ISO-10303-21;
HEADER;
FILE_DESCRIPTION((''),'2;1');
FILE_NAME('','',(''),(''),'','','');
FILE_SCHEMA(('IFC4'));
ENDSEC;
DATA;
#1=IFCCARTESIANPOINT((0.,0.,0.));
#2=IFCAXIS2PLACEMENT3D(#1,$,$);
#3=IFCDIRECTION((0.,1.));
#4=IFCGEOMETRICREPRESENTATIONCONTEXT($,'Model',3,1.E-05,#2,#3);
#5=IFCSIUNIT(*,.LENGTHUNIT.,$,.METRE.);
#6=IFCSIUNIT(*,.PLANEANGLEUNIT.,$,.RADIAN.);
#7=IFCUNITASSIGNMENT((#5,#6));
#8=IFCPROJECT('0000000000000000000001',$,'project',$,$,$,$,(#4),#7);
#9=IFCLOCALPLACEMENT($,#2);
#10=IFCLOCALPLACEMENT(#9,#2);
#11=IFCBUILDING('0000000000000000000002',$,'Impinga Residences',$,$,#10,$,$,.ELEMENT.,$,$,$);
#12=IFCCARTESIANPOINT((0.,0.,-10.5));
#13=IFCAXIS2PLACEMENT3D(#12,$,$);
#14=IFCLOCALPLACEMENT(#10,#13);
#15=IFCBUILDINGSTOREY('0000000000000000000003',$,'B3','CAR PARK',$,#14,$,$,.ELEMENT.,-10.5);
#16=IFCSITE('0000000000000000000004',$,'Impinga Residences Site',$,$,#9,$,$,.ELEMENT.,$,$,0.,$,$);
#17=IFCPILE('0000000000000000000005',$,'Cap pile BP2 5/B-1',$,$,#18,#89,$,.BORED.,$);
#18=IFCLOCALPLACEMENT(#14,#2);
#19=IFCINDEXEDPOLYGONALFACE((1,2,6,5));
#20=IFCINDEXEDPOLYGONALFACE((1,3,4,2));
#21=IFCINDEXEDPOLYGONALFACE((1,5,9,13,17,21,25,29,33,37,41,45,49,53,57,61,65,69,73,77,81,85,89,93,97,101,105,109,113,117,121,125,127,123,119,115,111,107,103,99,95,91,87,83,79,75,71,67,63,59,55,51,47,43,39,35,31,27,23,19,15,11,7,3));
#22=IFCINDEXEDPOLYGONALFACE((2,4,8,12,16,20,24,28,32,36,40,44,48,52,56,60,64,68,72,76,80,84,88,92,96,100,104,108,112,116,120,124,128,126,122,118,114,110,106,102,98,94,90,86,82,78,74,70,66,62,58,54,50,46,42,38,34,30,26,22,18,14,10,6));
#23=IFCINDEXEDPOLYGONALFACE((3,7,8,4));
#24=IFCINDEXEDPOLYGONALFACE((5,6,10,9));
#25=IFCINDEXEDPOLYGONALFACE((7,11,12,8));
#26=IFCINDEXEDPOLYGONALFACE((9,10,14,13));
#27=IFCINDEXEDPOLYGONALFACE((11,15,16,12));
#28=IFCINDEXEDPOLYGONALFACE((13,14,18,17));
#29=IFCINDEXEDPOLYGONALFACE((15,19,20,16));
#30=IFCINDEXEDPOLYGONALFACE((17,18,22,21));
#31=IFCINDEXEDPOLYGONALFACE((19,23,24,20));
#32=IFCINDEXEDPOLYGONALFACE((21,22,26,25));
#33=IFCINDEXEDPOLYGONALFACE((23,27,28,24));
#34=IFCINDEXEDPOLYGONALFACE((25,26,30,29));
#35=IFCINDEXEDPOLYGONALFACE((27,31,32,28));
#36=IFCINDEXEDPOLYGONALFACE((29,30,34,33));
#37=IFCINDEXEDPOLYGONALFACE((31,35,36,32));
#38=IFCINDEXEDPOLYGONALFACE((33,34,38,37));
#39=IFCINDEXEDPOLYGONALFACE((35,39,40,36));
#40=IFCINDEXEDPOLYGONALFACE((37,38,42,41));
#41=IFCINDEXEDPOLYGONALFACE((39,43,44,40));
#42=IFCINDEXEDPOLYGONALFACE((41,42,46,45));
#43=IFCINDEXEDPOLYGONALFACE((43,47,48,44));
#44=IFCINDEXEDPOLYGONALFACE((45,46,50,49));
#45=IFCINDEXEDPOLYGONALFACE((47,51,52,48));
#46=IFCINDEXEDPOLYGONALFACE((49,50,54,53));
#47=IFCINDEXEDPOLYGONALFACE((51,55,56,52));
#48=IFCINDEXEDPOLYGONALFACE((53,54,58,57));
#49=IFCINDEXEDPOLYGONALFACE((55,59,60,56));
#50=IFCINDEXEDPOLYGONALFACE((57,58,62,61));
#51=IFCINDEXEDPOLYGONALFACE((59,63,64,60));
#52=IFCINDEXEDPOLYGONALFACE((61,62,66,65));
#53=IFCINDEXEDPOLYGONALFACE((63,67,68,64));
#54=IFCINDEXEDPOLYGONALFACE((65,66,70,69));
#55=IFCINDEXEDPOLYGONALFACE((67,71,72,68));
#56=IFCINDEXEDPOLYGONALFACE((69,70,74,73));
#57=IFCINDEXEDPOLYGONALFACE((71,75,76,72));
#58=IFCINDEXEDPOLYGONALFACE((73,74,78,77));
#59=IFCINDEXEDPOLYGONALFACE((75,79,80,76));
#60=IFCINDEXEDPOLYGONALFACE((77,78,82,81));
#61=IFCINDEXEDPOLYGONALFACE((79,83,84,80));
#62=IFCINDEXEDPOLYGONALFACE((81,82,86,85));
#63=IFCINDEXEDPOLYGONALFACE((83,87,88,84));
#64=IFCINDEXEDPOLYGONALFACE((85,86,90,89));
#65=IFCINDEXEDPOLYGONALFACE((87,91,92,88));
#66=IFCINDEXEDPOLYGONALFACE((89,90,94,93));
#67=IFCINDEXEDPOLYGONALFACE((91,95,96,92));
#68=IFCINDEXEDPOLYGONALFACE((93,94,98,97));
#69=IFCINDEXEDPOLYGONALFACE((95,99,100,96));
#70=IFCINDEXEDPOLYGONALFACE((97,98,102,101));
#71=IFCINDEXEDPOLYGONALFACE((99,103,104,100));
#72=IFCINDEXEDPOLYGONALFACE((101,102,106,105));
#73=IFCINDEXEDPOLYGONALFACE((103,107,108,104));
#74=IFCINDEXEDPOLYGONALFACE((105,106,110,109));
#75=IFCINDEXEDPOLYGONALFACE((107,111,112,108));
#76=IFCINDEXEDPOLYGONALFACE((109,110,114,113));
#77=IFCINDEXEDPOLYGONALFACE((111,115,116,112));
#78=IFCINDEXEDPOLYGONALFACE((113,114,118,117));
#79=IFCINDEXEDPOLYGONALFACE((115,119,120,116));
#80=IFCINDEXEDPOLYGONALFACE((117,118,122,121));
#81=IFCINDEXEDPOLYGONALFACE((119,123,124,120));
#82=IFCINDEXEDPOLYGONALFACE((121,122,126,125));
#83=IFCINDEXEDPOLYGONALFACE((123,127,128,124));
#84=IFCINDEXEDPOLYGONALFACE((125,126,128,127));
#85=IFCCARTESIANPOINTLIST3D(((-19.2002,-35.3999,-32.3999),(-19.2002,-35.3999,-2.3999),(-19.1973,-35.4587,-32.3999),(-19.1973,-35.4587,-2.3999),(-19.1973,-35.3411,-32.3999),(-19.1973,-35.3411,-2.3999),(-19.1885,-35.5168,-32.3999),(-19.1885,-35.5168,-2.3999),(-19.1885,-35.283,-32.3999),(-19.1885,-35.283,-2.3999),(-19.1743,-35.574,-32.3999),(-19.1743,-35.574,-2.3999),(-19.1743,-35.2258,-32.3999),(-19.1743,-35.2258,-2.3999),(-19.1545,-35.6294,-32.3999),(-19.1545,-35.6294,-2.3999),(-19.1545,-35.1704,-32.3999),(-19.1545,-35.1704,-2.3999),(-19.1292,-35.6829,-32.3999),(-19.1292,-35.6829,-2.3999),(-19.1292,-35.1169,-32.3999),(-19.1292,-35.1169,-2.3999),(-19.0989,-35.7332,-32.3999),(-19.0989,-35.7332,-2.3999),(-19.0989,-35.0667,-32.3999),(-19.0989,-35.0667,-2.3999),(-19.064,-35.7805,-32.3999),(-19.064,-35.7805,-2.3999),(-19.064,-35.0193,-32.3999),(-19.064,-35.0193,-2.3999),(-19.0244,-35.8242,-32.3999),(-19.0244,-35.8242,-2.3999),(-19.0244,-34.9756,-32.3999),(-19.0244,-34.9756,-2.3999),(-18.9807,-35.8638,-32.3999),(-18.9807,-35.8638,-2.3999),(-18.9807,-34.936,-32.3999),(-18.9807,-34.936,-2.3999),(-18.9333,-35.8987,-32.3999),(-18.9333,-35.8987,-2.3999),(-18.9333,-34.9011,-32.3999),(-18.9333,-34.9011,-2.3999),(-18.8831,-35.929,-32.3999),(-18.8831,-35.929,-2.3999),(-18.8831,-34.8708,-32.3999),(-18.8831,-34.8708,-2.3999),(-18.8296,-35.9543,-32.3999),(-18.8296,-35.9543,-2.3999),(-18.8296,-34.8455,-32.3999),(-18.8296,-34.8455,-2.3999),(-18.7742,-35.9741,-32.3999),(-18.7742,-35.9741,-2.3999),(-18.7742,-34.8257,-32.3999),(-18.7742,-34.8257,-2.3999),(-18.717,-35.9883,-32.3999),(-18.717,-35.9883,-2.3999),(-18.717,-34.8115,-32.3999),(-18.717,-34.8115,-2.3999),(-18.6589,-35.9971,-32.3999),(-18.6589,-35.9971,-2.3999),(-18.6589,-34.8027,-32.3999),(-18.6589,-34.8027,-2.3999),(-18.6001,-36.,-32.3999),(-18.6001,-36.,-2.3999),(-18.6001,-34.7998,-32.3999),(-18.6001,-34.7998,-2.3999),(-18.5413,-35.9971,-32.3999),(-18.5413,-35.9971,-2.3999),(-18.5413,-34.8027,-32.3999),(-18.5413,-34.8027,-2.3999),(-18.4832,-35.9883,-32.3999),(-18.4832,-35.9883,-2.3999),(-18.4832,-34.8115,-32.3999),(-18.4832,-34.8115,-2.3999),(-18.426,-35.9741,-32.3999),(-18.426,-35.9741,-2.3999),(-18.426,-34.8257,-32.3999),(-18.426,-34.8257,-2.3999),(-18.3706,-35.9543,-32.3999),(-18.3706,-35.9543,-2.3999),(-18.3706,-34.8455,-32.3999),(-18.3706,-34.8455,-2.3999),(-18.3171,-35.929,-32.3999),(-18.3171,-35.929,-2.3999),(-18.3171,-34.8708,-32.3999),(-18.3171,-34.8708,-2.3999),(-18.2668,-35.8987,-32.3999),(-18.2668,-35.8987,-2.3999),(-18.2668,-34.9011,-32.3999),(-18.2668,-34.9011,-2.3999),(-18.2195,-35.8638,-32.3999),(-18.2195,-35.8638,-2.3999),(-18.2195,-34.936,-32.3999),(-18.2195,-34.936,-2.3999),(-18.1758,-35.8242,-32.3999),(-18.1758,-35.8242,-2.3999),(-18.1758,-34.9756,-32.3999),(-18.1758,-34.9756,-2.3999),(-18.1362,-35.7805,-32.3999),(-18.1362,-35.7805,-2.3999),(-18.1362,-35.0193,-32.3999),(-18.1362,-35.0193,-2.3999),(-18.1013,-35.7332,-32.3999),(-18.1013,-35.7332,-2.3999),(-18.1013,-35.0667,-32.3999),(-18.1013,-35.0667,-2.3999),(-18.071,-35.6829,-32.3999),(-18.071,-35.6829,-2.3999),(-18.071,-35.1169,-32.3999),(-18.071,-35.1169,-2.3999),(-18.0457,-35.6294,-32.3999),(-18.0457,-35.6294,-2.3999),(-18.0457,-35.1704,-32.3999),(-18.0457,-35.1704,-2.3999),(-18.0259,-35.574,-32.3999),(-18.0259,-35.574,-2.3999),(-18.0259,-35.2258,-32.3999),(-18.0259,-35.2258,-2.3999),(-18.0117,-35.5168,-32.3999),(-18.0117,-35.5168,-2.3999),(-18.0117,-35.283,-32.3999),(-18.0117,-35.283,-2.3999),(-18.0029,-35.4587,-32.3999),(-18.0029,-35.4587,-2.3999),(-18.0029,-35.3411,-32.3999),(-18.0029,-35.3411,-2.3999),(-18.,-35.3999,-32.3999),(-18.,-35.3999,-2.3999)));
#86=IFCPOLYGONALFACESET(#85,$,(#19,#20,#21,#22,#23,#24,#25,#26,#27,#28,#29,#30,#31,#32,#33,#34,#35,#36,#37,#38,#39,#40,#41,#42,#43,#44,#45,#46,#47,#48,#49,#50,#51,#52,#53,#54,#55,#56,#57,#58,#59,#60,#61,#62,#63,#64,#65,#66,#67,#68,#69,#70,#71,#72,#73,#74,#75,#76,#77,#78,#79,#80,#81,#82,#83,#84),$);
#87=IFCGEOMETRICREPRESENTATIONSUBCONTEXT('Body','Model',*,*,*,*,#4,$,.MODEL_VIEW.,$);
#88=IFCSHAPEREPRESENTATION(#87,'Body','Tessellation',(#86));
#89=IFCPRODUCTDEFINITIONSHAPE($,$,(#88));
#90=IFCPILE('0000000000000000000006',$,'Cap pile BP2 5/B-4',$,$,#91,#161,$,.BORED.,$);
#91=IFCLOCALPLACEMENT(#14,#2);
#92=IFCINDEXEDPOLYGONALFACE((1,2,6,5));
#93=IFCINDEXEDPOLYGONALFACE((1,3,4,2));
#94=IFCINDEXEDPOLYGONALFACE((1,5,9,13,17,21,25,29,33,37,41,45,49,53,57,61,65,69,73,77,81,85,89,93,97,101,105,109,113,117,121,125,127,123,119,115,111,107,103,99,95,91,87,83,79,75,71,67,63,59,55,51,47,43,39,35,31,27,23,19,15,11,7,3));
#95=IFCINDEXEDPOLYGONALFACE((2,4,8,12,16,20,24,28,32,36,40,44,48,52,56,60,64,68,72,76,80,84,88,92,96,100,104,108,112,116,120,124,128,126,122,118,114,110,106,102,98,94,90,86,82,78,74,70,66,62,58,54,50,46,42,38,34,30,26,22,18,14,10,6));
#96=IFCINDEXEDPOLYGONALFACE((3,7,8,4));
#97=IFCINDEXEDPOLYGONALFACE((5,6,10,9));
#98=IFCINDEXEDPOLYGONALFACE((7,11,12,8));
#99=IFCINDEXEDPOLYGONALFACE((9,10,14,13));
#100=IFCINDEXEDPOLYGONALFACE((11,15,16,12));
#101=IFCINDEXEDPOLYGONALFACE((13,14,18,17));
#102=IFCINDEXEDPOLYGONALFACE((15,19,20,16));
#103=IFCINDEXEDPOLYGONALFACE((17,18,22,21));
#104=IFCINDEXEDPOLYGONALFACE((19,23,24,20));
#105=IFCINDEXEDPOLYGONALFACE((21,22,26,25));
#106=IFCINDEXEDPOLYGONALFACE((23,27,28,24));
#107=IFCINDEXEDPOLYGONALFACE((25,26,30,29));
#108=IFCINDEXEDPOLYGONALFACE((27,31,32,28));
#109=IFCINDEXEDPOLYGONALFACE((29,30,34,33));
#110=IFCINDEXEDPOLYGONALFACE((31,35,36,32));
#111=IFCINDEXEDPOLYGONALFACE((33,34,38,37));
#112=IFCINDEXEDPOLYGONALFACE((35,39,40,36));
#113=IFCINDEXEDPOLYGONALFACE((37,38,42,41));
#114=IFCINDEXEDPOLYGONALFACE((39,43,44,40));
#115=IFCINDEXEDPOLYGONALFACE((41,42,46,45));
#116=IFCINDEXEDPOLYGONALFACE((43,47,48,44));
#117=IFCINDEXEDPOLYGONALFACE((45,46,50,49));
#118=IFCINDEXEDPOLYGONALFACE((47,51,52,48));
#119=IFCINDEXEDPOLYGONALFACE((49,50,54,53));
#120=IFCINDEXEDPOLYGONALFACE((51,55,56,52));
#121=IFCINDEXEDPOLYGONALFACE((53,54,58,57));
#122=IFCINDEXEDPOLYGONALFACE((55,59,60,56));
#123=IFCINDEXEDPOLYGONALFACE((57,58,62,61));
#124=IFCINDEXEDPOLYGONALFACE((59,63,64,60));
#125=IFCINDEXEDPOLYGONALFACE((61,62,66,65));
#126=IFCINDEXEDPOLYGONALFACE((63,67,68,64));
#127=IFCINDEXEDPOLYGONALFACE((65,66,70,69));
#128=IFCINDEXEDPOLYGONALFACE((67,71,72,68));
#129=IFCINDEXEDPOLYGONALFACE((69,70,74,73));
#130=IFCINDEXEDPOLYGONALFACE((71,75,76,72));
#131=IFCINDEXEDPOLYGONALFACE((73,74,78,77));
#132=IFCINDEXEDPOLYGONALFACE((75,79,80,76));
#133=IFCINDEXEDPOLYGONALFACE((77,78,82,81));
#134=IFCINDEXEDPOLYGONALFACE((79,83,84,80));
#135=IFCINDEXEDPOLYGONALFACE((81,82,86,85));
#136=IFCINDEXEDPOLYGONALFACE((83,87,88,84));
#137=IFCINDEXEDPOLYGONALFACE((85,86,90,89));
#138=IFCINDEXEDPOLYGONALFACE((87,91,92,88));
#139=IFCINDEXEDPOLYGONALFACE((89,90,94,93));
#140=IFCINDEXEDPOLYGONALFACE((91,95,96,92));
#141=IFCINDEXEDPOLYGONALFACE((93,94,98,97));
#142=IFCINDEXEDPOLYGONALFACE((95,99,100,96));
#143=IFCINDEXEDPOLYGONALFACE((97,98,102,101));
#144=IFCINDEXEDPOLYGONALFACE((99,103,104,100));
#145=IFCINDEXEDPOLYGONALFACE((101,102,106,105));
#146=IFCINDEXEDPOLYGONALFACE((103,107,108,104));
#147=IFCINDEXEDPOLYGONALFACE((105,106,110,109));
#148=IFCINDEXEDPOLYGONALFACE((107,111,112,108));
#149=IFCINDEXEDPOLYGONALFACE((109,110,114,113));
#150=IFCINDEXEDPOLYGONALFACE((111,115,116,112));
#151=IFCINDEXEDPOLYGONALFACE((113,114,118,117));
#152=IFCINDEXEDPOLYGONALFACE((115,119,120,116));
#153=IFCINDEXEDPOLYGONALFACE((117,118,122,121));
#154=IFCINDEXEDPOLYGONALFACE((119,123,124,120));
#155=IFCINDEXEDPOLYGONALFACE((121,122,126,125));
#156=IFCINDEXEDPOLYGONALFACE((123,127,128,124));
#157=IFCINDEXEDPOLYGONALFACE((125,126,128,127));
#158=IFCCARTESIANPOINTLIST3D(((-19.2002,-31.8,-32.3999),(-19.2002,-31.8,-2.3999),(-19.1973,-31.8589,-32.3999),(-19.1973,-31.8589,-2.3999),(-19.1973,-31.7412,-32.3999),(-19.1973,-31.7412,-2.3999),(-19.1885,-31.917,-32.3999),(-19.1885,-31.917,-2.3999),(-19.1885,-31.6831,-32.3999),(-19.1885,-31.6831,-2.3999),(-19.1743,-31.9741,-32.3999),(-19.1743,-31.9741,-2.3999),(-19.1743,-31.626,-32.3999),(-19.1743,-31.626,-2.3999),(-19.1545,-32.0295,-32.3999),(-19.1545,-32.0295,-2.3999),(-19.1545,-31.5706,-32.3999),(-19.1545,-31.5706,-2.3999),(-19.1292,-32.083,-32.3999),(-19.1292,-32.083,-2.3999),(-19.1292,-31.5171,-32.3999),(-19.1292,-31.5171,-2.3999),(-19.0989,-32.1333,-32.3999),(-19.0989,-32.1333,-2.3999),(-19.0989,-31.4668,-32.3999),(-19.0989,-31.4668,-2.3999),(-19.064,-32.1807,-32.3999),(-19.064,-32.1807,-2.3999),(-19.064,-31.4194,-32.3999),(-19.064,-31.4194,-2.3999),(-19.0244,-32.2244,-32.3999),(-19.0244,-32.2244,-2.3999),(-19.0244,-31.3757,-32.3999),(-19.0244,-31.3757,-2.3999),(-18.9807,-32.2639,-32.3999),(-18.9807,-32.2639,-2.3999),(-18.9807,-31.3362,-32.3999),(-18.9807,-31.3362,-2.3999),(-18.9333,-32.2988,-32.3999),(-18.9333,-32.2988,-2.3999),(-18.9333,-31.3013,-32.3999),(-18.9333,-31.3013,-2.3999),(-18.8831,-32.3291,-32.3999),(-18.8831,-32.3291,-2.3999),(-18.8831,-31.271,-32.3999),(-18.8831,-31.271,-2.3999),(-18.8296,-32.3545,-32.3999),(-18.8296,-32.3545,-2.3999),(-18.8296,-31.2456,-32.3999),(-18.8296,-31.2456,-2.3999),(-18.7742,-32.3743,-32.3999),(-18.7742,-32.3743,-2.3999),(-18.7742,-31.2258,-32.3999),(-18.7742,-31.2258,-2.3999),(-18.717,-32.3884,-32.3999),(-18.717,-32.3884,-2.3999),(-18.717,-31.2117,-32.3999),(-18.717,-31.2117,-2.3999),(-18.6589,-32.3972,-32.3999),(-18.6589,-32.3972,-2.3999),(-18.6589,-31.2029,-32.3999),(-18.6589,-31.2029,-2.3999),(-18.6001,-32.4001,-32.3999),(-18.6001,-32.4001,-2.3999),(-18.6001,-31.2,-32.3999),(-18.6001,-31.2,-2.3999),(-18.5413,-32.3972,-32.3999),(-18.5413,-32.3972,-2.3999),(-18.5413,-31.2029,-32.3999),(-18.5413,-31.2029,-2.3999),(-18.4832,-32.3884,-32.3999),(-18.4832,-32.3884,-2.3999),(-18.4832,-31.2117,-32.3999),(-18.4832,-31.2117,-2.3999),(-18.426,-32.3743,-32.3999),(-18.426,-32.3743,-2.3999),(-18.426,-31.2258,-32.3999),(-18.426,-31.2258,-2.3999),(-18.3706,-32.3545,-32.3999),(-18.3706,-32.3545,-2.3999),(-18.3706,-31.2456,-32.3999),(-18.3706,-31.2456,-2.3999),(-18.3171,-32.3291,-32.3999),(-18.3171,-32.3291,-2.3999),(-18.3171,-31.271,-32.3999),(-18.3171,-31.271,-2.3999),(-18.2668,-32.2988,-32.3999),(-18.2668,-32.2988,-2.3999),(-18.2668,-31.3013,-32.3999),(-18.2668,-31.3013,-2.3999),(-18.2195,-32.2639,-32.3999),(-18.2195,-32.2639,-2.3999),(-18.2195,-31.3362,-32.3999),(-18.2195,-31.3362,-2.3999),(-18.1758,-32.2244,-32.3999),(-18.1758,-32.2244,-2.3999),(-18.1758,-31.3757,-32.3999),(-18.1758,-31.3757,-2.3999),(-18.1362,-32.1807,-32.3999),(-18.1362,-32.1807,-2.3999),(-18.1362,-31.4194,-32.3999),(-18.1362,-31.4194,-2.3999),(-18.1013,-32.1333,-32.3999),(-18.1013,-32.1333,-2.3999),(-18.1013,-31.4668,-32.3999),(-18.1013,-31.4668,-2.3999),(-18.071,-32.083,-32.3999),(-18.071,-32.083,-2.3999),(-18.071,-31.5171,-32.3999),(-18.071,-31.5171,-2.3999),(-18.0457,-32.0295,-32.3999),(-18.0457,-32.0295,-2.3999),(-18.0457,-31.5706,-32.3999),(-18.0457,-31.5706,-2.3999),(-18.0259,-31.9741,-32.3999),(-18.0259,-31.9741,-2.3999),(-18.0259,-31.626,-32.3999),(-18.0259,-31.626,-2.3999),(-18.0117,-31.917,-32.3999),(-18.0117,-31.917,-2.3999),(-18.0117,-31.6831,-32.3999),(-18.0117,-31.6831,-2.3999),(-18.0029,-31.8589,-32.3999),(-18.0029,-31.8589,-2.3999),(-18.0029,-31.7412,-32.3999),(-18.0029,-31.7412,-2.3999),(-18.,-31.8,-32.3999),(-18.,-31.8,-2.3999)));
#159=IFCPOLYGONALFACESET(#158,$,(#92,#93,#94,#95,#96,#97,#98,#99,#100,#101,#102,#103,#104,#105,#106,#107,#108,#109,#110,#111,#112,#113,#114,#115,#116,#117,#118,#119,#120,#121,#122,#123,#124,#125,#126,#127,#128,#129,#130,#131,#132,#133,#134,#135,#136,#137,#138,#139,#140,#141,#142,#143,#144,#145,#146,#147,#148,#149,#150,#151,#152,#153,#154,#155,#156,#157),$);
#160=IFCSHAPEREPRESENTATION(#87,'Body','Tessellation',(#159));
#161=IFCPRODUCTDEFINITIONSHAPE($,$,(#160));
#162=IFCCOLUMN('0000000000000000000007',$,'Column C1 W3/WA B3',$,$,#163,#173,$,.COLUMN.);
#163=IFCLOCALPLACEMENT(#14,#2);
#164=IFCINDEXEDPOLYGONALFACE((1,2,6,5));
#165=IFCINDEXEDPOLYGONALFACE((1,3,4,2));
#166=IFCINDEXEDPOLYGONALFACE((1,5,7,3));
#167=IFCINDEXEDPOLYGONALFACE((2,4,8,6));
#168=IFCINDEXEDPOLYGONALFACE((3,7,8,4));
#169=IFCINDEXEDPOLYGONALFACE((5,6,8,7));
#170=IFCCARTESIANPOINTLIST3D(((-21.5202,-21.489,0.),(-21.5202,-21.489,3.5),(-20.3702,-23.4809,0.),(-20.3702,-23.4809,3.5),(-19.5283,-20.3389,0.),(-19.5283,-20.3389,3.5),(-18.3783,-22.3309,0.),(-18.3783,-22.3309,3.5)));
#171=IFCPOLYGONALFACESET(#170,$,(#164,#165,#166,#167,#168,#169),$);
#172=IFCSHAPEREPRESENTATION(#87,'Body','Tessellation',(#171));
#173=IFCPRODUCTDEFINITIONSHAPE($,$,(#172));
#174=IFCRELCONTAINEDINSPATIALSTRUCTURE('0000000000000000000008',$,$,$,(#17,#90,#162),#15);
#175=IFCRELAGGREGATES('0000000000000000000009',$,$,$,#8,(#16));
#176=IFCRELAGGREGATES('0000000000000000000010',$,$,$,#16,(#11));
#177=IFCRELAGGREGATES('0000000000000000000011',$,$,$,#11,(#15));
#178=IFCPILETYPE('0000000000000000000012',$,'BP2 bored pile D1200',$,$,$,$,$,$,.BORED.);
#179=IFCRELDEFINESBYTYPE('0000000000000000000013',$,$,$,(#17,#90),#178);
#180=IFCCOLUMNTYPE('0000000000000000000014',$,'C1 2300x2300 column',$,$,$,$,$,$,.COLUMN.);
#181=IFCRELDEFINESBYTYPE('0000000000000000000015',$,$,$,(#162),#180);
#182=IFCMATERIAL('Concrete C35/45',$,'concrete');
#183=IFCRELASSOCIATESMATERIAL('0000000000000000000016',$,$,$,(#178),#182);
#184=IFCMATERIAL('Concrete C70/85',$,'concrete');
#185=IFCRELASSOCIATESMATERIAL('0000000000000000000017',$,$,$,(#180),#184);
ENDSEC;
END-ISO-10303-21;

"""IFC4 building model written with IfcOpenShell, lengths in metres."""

from ifc_helpers import new_model, si_unit, direction, frame, origin, origin_2d, place, context, subcontext, project, spatial, polyline, rectangle, circle, outline, extrude, material, material_profile, profile_set, type_object, element, save


model = new_model("IFC4")

# Units and contexts
model_context = context("Model", 3, precision=1e-05, world=origin(), true_north=direction((0.0, 1.0)))
body_context = subcontext(model_context, "Body", "Model", "MODEL_VIEW")
ifc_project = project(units=[si_unit("LENGTHUNIT", "METRE"), si_unit("PLANEANGLEUNIT", "RADIAN")], contexts=[model_context])

# Site, building, storey
site_placement = place(None, origin())
site = spatial("IfcSite", under=ifc_project, at=site_placement, Name="Impinga Residences Site", CompositionType="ELEMENT", RefElevation=0.0)
building_placement = place(site_placement, origin())
building = spatial("IfcBuilding", under=site, at=building_placement, Name="Impinga Residences", CompositionType="ELEMENT")
storey_placement = place(building_placement, frame((0.0, 0.0, -10.5)))
storey = spatial("IfcBuildingStorey", under=building, at=storey_placement, Name="B3", Description="CAR PARK", CompositionType="ELEMENT", Elevation=-10.5)

# Piles
ifc_material_1 = material(Name="Concrete C35/45", Category="concrete")
ifc_material_profile_1 = material_profile(ifc_material_1, circle(Radius=0.6001, at=origin_2d()), Name="D1200")
ifc_profile_set_1 = profile_set([ifc_material_profile_1], Name="Concrete C35/45")
pile_type_1 = type_object("IfcPileType", Name="BP2 bored pile D1200", PredefinedType="BORED", material=ifc_profile_set_1)
pile_1_placement = place(storey_placement, frame((-18.6001, -35.3999, -2.3999), z_axis=(0.0, 0.0, -1.0), x_axis=(1.0, 0.0, 0.0)))
element("IfcPile", 1, at=pile_1_placement, inside=storey, type_object=pile_type_1, Name="Cap pile BP2 5/B-1", PredefinedType="BORED", context=body_context, shape_type="SweptSolid", body=[
    extrude(outline(polyline([(0.6001, 0.0), (0.5972, 0.0588), (0.5884, 0.1169), (0.5742, 0.1741), (0.5544, 0.2295), (0.5291, 0.283), (0.4988, 0.3333), (0.4639, 0.3806), (0.4243, 0.4243), (0.3806, 0.4639), (0.3333, 0.4988), (0.283, 0.5291), (0.2295, 0.5544), (0.1741, 0.5742), (0.1169, 0.5884), (0.0588, 0.5972), (0.0, 0.6001), (-0.0588, 0.5972), (-0.1169, 0.5884), (-0.1741, 0.5742), (-0.2295, 0.5544), (-0.283, 0.5291), (-0.3333, 0.4988), (-0.3806, 0.4639), (-0.4243, 0.4243), (-0.4639, 0.3806), (-0.4988, 0.3333), (-0.5291, 0.283), (-0.5544, 0.2295), (-0.5742, 0.1741), (-0.5884, 0.1169), (-0.5972, 0.0588), (-0.6001, 0.0), (-0.5972, -0.0588), (-0.5884, -0.1169), (-0.5742, -0.1741), (-0.5544, -0.2295), (-0.5291, -0.283), (-0.4988, -0.3333), (-0.4639, -0.3806), (-0.4243, -0.4243), (-0.3806, -0.4639), (-0.3333, -0.4988), (-0.283, -0.5291), (-0.2295, -0.5544), (-0.1741, -0.5742), (-0.1169, -0.5884), (-0.0588, -0.5972), (0.0, -0.6001), (0.0588, -0.5972), (0.1169, -0.5884), (0.1741, -0.5742), (0.2295, -0.5544), (0.283, -0.5291), (0.3333, -0.4988), (0.3806, -0.4639), (0.4243, -0.4243), (0.4639, -0.3806), (0.4988, -0.3333), (0.5291, -0.283), (0.5544, -0.2295), (0.5742, -0.1741), (0.5884, -0.1169), (0.5972, -0.0588), (0.6001, 0.0)])), origin(), (0.0, 0.0, 1.0), 30.0),
])
pile_2_placement = place(storey_placement, frame((-18.6001, -31.8, -2.3999), z_axis=(0.0, 0.0, -1.0), x_axis=(1.0, 0.0, 0.0)))
element("IfcPile", 2, at=pile_2_placement, inside=storey, type_object=pile_type_1, Name="Cap pile BP2 5/B-4", PredefinedType="BORED", context=body_context, shape_type="SweptSolid", body=[
    extrude(outline(polyline([(0.6001, 0.0), (0.5972, 0.0588), (0.5884, 0.1169), (0.5742, 0.1741), (0.5544, 0.2295), (0.5291, 0.283), (0.4988, 0.3333), (0.4639, 0.3806), (0.4243, 0.4243), (0.3806, 0.4639), (0.3333, 0.4988), (0.283, 0.5291), (0.2295, 0.5544), (0.1741, 0.5742), (0.1169, 0.5884), (0.0588, 0.5972), (0.0, 0.6001), (-0.0588, 0.5972), (-0.1169, 0.5884), (-0.1741, 0.5742), (-0.2295, 0.5544), (-0.283, 0.5291), (-0.3333, 0.4988), (-0.3806, 0.4639), (-0.4243, 0.4243), (-0.4639, 0.3806), (-0.4988, 0.3333), (-0.5291, 0.283), (-0.5544, 0.2295), (-0.5742, 0.1741), (-0.5884, 0.1169), (-0.5972, 0.0588), (-0.6001, 0.0), (-0.5972, -0.0588), (-0.5884, -0.1169), (-0.5742, -0.1741), (-0.5544, -0.2295), (-0.5291, -0.283), (-0.4988, -0.3333), (-0.4639, -0.3806), (-0.4243, -0.4243), (-0.3806, -0.4639), (-0.3333, -0.4988), (-0.283, -0.5291), (-0.2295, -0.5544), (-0.1741, -0.5742), (-0.1169, -0.5884), (-0.0588, -0.5972), (0.0, -0.6001), (0.0588, -0.5972), (0.1169, -0.5884), (0.1741, -0.5742), (0.2295, -0.5544), (0.283, -0.5291), (0.3333, -0.4988), (0.3806, -0.4639), (0.4243, -0.4243), (0.4639, -0.3806), (0.4988, -0.3333), (0.5291, -0.283), (0.5544, -0.2295), (0.5742, -0.1741), (0.5884, -0.1169), (0.5972, -0.0588), (0.6001, 0.0)])), origin(), (0.0, 0.0, 1.0), 30.0),
])

# Column
ifc_material_2 = material(Name="Concrete C70/85", Category="concrete")
ifc_material_profile_2 = material_profile(ifc_material_2, rectangle(XDim=2.3, YDim=2.3, at=origin_2d()), Name="RC 2300x2300")
ifc_profile_set_2 = profile_set([ifc_material_profile_2], Name="Concrete C70/85")
column_type_1 = type_object("IfcColumnType", Name="C1 2300x2300 column", PredefinedType="COLUMN", material=ifc_profile_set_2)
for number, where, z_axis, x_axis, name in (
    (3, (-19.9492, -21.9099, 0.0), (0.0, 0.0, 1.0), (-0.5, 0.866025, 0.0), "Column C1 W3/WA B3"),
):
    element("IfcColumn", number, at=place(storey_placement, frame(where, z_axis=z_axis, x_axis=x_axis)), inside=storey, type_object=column_type_1, Name=name, PredefinedType="COLUMN", context=body_context, shape_type="SweptSolid", body=[
        extrude(rectangle(XDim=2.3, YDim=2.3, at=origin_2d()), origin(), (0.0, 0.0, 1.0), 3.5),
    ])

save(model, "model.ifc")
